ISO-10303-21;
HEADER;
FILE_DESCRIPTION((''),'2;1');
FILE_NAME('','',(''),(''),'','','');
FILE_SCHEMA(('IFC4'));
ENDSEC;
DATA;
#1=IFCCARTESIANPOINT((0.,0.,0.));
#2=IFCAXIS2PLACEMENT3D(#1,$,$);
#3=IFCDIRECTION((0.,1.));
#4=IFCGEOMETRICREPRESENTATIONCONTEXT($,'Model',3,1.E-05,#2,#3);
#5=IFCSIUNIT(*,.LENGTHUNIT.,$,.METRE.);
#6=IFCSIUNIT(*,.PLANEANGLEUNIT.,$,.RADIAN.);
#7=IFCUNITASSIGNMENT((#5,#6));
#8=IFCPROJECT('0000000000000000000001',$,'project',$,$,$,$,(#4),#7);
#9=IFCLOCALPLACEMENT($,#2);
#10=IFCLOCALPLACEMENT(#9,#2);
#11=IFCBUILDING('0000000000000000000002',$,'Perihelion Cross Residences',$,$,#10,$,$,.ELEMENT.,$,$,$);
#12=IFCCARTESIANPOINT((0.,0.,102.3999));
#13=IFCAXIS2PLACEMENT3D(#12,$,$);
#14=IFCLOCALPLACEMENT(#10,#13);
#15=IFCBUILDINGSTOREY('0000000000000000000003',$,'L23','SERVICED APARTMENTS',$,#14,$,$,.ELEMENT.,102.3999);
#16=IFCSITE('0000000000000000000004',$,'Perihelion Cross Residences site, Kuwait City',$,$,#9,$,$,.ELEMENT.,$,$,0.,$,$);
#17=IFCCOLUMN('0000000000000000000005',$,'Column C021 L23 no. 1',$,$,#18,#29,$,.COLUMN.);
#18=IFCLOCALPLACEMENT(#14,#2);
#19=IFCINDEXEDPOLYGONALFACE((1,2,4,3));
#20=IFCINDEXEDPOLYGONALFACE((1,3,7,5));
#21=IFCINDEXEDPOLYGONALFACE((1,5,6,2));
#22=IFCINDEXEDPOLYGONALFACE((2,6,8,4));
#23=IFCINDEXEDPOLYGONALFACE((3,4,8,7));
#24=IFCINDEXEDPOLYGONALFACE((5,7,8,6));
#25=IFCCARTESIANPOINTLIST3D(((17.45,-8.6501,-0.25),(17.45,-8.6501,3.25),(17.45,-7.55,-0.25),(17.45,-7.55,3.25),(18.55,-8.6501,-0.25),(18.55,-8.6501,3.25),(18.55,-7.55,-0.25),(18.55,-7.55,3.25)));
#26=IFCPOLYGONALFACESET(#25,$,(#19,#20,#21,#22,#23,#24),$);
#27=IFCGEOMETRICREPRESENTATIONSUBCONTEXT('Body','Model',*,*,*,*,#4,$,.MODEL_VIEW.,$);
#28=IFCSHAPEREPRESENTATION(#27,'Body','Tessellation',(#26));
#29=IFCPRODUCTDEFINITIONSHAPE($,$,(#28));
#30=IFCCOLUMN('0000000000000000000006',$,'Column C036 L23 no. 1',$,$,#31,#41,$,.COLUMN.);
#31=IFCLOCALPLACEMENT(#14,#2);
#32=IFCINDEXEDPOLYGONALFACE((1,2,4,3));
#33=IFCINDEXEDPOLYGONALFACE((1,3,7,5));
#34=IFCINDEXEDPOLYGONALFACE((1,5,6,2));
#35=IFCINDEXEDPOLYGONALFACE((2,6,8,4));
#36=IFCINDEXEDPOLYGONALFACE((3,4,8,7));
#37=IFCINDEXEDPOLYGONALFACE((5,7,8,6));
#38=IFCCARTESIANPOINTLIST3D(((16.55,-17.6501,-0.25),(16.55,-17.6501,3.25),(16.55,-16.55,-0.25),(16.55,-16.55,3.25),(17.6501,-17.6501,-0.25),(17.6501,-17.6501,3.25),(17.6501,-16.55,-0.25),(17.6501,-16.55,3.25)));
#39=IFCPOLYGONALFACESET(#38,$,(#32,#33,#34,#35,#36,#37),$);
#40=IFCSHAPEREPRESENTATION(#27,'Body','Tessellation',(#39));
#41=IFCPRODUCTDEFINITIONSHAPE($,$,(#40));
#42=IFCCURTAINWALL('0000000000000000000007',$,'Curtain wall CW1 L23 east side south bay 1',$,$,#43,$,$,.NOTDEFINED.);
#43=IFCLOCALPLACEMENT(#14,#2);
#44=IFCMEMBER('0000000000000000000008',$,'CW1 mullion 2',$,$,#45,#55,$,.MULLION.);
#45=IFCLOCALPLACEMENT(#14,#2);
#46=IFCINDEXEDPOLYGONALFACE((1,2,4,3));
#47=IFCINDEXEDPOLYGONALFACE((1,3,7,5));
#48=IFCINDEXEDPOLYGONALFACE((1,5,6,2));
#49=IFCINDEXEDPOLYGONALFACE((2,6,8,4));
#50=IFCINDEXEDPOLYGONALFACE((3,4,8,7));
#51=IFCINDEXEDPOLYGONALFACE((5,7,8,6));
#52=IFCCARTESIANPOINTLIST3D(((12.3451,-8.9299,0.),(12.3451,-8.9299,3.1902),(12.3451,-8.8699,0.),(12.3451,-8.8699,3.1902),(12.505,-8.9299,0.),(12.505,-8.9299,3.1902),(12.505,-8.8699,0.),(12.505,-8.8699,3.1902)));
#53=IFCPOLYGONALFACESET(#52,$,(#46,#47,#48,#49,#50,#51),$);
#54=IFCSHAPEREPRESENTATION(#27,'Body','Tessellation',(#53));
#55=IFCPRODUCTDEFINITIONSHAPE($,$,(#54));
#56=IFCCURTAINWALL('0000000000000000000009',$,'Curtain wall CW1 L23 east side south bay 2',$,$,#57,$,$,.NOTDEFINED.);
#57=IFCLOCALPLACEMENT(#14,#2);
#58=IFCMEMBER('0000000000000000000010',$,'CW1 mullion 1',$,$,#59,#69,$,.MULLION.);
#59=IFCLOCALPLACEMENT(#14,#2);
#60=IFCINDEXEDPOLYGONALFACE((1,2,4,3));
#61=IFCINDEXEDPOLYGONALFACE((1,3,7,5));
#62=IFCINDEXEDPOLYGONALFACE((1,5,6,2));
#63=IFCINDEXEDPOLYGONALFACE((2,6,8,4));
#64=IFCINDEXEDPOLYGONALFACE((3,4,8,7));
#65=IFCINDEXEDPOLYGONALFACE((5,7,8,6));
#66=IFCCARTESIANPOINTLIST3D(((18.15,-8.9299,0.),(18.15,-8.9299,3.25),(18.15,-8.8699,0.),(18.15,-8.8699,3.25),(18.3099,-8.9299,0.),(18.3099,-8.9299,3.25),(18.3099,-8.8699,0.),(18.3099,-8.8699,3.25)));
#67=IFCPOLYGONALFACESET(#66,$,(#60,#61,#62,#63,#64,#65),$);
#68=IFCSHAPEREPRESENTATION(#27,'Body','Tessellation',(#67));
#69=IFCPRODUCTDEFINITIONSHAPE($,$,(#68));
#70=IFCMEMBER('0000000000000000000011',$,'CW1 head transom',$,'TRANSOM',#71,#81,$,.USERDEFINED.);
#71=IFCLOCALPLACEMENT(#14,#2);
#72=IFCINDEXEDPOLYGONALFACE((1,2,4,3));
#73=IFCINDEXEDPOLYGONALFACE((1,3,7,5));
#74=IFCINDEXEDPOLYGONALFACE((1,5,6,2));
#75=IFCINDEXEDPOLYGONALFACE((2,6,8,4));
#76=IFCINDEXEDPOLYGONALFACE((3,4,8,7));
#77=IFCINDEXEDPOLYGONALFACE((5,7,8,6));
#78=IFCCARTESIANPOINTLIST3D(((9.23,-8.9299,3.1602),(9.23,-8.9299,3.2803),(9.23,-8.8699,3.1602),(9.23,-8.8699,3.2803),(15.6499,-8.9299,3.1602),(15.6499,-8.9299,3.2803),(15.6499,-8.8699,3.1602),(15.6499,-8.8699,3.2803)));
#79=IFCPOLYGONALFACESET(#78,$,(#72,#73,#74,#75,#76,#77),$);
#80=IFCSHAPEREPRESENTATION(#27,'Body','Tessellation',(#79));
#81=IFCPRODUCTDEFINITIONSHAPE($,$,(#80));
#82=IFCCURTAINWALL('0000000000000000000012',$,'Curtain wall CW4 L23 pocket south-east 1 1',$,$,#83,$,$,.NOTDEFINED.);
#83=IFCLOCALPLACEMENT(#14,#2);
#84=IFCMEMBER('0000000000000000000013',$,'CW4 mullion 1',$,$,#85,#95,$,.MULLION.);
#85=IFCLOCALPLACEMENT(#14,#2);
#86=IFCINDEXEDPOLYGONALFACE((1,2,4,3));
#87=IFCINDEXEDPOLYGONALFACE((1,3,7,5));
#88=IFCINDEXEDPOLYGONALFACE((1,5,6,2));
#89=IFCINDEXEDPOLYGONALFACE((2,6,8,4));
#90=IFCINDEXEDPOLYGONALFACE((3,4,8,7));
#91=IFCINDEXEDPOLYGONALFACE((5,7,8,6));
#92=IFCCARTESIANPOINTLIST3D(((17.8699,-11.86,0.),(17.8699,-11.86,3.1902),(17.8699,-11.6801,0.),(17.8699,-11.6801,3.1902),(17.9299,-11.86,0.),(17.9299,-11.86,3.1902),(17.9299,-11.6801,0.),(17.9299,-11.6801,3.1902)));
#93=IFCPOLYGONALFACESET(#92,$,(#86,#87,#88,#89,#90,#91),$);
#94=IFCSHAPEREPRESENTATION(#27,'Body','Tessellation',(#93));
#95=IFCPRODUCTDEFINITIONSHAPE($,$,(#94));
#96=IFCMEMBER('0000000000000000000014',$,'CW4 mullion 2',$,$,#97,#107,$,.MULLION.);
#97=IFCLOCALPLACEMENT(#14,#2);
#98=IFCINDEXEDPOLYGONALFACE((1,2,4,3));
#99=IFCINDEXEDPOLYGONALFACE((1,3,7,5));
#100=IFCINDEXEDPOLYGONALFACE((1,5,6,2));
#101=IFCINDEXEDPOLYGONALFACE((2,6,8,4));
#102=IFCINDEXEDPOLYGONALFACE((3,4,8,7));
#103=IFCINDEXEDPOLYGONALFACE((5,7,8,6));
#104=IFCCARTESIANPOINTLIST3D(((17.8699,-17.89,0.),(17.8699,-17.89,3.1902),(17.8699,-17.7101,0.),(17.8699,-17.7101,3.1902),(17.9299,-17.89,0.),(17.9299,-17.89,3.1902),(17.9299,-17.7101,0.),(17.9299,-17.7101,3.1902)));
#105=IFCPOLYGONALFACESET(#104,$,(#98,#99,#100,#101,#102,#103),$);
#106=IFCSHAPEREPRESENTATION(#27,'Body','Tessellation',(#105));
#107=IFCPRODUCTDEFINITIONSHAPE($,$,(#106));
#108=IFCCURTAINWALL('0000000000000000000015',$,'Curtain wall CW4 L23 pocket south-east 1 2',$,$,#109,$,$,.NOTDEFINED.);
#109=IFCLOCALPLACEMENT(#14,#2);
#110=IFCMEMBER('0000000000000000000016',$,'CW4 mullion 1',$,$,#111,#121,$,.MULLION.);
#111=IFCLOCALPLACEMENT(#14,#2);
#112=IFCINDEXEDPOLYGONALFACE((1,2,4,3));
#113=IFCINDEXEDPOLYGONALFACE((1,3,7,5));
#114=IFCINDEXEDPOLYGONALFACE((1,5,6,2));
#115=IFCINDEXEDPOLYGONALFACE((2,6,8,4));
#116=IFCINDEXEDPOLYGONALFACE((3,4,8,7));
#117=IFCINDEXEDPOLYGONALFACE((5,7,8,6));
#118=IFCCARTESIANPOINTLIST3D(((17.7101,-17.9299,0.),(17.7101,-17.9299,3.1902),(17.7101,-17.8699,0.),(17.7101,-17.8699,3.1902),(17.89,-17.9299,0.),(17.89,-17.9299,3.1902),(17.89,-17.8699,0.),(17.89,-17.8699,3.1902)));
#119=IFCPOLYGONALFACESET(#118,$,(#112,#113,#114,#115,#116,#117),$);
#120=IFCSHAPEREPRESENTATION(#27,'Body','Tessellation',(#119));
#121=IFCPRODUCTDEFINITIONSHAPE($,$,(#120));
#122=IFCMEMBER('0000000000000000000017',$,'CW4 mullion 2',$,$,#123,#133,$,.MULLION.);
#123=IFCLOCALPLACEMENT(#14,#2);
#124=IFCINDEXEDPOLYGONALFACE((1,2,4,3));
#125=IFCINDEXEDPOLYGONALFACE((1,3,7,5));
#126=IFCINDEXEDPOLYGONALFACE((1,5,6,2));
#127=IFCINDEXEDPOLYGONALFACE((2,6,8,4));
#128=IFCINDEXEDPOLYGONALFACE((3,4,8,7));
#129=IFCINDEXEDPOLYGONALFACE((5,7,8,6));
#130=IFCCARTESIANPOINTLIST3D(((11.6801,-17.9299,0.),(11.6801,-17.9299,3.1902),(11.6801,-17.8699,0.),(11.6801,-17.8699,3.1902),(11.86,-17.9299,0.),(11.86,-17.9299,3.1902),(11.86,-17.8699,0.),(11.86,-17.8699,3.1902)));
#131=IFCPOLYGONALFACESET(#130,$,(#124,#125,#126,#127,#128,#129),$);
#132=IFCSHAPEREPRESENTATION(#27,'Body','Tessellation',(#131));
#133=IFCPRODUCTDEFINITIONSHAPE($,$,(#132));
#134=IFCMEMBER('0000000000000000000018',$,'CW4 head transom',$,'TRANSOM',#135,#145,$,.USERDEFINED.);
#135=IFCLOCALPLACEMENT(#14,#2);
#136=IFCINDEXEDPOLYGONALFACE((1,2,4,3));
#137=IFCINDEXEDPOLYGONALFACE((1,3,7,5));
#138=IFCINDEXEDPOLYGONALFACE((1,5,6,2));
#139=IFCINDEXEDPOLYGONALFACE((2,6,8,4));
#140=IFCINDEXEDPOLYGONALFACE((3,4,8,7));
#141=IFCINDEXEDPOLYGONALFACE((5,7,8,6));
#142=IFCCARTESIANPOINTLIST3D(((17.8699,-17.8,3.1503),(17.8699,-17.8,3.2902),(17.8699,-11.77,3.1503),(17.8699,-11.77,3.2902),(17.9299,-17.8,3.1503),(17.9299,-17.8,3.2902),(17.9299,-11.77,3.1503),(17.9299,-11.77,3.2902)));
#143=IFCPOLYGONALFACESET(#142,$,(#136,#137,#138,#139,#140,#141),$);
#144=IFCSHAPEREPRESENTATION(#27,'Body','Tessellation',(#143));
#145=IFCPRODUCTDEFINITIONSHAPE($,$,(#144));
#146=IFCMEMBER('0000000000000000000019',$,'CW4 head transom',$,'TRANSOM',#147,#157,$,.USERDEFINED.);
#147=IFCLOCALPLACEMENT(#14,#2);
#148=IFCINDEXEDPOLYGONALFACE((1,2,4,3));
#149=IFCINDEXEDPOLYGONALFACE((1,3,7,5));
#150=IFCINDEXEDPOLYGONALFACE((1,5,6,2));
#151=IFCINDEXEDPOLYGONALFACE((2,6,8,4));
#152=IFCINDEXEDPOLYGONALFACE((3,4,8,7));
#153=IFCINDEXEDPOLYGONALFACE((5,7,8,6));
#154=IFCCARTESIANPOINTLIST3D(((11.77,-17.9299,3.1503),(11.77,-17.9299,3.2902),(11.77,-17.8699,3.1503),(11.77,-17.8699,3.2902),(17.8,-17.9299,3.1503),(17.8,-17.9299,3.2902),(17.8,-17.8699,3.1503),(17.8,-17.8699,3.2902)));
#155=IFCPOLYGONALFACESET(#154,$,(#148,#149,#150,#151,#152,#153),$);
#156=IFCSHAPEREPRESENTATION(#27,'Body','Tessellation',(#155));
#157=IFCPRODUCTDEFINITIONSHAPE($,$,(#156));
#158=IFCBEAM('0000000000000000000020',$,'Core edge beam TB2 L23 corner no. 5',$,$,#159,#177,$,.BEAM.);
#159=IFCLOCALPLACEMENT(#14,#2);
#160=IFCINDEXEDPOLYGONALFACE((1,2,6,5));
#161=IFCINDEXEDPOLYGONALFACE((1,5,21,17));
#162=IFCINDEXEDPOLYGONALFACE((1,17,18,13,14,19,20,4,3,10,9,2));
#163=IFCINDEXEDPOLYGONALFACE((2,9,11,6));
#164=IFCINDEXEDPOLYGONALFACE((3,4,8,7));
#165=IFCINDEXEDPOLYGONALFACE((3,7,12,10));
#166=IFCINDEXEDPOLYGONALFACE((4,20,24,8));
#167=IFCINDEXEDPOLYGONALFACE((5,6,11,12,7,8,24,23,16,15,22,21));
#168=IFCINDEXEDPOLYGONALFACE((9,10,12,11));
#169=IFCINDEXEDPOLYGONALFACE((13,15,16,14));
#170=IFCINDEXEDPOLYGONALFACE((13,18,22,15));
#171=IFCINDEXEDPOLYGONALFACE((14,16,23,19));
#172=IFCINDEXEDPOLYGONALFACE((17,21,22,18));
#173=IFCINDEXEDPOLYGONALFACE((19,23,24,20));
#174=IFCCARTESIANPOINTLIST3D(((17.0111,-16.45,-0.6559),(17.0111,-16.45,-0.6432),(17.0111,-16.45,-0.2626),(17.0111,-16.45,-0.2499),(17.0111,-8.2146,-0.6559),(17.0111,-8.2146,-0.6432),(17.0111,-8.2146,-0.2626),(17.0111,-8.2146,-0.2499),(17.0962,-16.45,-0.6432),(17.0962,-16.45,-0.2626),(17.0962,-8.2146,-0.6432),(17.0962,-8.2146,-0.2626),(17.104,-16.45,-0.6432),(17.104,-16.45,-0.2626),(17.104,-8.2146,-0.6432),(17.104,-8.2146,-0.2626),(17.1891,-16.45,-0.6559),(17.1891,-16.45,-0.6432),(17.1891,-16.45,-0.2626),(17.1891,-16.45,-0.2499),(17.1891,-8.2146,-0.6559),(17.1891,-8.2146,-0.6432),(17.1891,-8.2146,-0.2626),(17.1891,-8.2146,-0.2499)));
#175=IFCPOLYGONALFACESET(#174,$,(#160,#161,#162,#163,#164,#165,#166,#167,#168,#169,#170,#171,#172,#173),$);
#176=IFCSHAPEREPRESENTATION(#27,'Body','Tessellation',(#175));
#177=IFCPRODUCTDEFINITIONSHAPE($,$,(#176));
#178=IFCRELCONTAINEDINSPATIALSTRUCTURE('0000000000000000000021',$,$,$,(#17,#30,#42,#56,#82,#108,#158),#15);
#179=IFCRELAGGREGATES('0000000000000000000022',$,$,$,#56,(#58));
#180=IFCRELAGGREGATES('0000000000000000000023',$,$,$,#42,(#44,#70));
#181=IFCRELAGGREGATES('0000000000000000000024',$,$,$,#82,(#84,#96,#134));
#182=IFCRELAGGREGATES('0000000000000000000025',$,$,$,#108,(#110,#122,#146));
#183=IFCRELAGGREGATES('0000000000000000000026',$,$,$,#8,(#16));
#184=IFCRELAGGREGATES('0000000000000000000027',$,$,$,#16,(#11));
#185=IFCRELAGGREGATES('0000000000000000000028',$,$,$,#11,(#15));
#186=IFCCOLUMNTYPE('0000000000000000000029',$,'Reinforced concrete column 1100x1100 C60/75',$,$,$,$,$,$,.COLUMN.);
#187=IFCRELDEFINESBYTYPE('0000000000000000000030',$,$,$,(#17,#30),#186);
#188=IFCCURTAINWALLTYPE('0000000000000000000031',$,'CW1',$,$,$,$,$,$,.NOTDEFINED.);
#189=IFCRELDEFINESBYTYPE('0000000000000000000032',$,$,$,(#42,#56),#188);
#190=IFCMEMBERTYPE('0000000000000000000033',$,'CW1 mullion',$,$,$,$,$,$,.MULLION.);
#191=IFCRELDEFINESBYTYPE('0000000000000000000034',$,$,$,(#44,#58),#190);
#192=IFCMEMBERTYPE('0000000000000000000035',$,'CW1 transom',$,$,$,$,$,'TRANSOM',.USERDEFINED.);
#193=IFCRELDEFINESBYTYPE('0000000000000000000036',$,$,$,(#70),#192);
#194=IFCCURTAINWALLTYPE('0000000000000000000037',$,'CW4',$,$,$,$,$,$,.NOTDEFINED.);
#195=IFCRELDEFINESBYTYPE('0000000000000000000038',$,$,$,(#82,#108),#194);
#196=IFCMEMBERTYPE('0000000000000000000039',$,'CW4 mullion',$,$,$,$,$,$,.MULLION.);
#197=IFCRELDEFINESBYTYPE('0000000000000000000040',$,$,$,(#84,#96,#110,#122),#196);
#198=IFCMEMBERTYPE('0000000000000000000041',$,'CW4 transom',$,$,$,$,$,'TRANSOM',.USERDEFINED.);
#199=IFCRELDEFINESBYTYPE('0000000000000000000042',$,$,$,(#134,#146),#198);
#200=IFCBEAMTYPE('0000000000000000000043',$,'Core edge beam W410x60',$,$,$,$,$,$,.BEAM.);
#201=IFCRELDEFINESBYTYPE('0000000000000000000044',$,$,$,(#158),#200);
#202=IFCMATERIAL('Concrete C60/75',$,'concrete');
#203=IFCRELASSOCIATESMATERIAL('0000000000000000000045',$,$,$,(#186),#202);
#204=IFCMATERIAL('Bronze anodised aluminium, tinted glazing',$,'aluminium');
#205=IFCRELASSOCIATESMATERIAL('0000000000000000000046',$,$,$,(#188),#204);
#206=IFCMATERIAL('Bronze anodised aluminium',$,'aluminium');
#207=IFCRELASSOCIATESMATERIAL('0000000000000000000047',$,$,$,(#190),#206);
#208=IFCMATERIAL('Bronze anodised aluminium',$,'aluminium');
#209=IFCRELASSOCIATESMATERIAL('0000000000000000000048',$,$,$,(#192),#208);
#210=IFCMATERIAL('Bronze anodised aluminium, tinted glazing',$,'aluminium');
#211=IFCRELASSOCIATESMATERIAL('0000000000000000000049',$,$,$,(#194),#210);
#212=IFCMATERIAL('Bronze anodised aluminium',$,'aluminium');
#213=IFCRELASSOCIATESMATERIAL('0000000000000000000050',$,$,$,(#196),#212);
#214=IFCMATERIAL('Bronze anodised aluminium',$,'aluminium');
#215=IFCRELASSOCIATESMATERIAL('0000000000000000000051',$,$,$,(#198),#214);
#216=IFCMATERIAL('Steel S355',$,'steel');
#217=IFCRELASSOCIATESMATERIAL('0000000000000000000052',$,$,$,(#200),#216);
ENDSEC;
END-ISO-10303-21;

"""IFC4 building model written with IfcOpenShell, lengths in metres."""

from ifc_helpers import new_model, si_unit, direction, frame, origin, origin_2d, place, context, subcontext, project, spatial, rectangle, i_section, extrude, material, material_profile, profile_set, type_object, element, aggregate, save


model = new_model("IFC4")

# Units and contexts
model_context = context("Model", 3, precision=1e-05, world=origin(), true_north=direction((0.0, 1.0)))
body_context = subcontext(model_context, "Body", "Model", "MODEL_VIEW")
ifc_project = project(units=[si_unit("LENGTHUNIT", "METRE"), si_unit("PLANEANGLEUNIT", "RADIAN")], contexts=[model_context])

# Site, building, storey
site_placement = place(None, origin())
site = spatial("IfcSite", under=ifc_project, at=site_placement, Name="Perihelion Cross Residences site, Kuwait City", CompositionType="ELEMENT", RefElevation=0.0)
building_placement = place(site_placement, origin())
building = spatial("IfcBuilding", under=site, at=building_placement, Name="Perihelion Cross Residences", CompositionType="ELEMENT")
storey_placement = place(building_placement, frame((0.0, 0.0, 102.3999)))
storey = spatial("IfcBuildingStorey", under=building, at=storey_placement, Name="L23", Description="SERVICED APARTMENTS", CompositionType="ELEMENT", Elevation=102.3999)

# Columns
ifc_material_1 = material(Name="Concrete C60/75", Category="concrete")
ifc_material_profile_1 = material_profile(ifc_material_1, rectangle(XDim=1.1001, YDim=1.1001, at=origin_2d()), Name="RC 1100x1100")
ifc_profile_set_1 = profile_set([ifc_material_profile_1], Name="Concrete C60/75")
column_type = type_object("IfcColumnType", Name="Reinforced concrete column 1100x1100 C60/75", PredefinedType="COLUMN", material=ifc_profile_set_1)
for number, where, z_axis, x_axis, name in (
    (1, (18.0, -8.1001, -0.25), (0.0, 0.0, 1.0), (1.0, 0.0, 0.0), "Column C021 L23 no. 1"),
    (2, (17.1001, -17.1001, -0.25), (0.0, 0.0, 1.0), (1.0, 0.0, 0.0), "Column C036 L23 no. 1"),
):
    element("IfcColumn", number, at=place(storey_placement, frame(where, z_axis=z_axis, x_axis=x_axis)), inside=storey, type_object=column_type, Name=name, PredefinedType="COLUMN", context=body_context, shape_type="SweptSolid", body=[
        extrude(rectangle(XDim=1.1001, YDim=1.1001, at=origin_2d()), origin(), (0.0, 0.0, 1.0), 3.5),
    ])

# Curtain walls, members
ifc_material_2 = material(Name="Bronze anodised aluminium, tinted glazing", Category="aluminium")
curtain_wall_type_1 = type_object("IfcCurtainWallType", Name="CW1", PredefinedType="NOTDEFINED", material=ifc_material_2)
curtain_wall_1_placement = place(storey_placement, origin())
curtain_wall_1 = element("IfcCurtainWall", 3, at=curtain_wall_1_placement, inside=storey, type_object=curtain_wall_type_1, Name="Curtain wall CW1 L23 east side south bay 1", PredefinedType="NOTDEFINED")
ifc_material_3 = material(Name="Bronze anodised aluminium", Category="aluminium")
ifc_material_profile_2 = material_profile(ifc_material_3, rectangle(XDim=0.0601, YDim=0.1599, at=origin_2d()), Name="CW1 mullion")
ifc_profile_set_2 = profile_set([ifc_material_profile_2], Name="Bronze anodised aluminium")
member_type_1 = type_object("IfcMemberType", Name="CW1 mullion", PredefinedType="MULLION", material=ifc_profile_set_2)
member_1_placement = place(storey_placement, frame((12.425, -8.8999, 0.0), z_axis=(0.0, 0.0, 1.0), x_axis=(0.0, 1.0, 0.0)))
member_1 = element("IfcMember", 4, at=member_1_placement, type_object=member_type_1, Name="CW1 mullion 2", PredefinedType="MULLION", context=body_context, shape_type="SweptSolid", body=[
    extrude(rectangle(XDim=0.0601, YDim=0.1599, at=origin_2d()), origin(), (0.0, 0.0, 1.0), 3.1902),
])
curtain_wall_2_placement = place(storey_placement, origin())
curtain_wall_2 = element("IfcCurtainWall", 5, at=curtain_wall_2_placement, inside=storey, type_object=curtain_wall_type_1, Name="Curtain wall CW1 L23 east side south bay 2", PredefinedType="NOTDEFINED")
member_2_placement = place(storey_placement, frame((18.23, -8.8999, 0.0), z_axis=(0.0, 0.0, 1.0), x_axis=(0.0, 1.0, 0.0)))
member_2 = element("IfcMember", 6, at=member_2_placement, type_object=member_type_1, Name="CW1 mullion 1", PredefinedType="MULLION", context=body_context, shape_type="SweptSolid", body=[
    extrude(rectangle(XDim=0.0601, YDim=0.1599, at=origin_2d()), origin(), (0.0, 0.0, 1.0), 3.25),
])
aggregate(curtain_wall_2, [member_2])

# Member
ifc_material_4 = material(Name="Bronze anodised aluminium", Category="aluminium")
ifc_material_profile_3 = material_profile(ifc_material_4, rectangle(XDim=0.0601, YDim=0.1201, at=origin_2d()), Name="CW1 transom")
ifc_profile_set_3 = profile_set([ifc_material_profile_3], Name="Bronze anodised aluminium")
member_type_2 = type_object("IfcMemberType", Name="CW1 transom", ElementType="TRANSOM", PredefinedType="USERDEFINED", material=ifc_profile_set_3)
member_3_placement = place(storey_placement, frame((9.23, -8.8999, 3.2202), z_axis=(1.0, 0.0, 0.0), x_axis=(0.0, 1.0, 0.0)))
member_3 = element("IfcMember", 7, at=member_3_placement, type_object=member_type_2, Name="CW1 head transom", ObjectType="TRANSOM", PredefinedType="USERDEFINED", context=body_context, shape_type="SweptSolid", body=[
    extrude(rectangle(XDim=0.0601, YDim=0.1201, at=origin_2d()), origin(), (0.0, 0.0, 1.0), 6.4199),
])

# Curtain walls, members
ifc_material_5 = material(Name="Bronze anodised aluminium, tinted glazing", Category="aluminium")
curtain_wall_type_2 = type_object("IfcCurtainWallType", Name="CW4", PredefinedType="NOTDEFINED", material=ifc_material_5)
curtain_wall_3_placement = place(storey_placement, origin())
curtain_wall_3 = element("IfcCurtainWall", 8, at=curtain_wall_3_placement, inside=storey, type_object=curtain_wall_type_2, Name="Curtain wall CW4 L23 pocket south-east 1 1", PredefinedType="NOTDEFINED")
ifc_material_6 = material(Name="Bronze anodised aluminium", Category="aluminium")
ifc_material_profile_4 = material_profile(ifc_material_6, rectangle(XDim=0.0601, YDim=0.1799, at=origin_2d()), Name="CW4 mullion")
ifc_profile_set_4 = profile_set([ifc_material_profile_4], Name="Bronze anodised aluminium")
member_type_3 = type_object("IfcMemberType", Name="CW4 mullion", PredefinedType="MULLION", material=ifc_profile_set_4)
member_4_placement = place(storey_placement, frame((17.8999, -11.77, 0.0), z_axis=(0.0, 0.0, 1.0), x_axis=(1.0, 0.0, 0.0)))
member_4 = element("IfcMember", 9, at=member_4_placement, type_object=member_type_3, Name="CW4 mullion 1", PredefinedType="MULLION", context=body_context, shape_type="SweptSolid", body=[
    extrude(rectangle(XDim=0.0601, YDim=0.1799, at=origin_2d()), origin(), (0.0, 0.0, 1.0), 3.1902),
])
member_5_placement = place(storey_placement, frame((17.8999, -17.8, 0.0), z_axis=(0.0, 0.0, 1.0), x_axis=(1.0, 0.0, 0.0)))
member_5 = element("IfcMember", 10, at=member_5_placement, type_object=member_type_3, Name="CW4 mullion 2", PredefinedType="MULLION", context=body_context, shape_type="SweptSolid", body=[
    extrude(rectangle(XDim=0.0601, YDim=0.1799, at=origin_2d()), origin(), (0.0, 0.0, 1.0), 3.1902),
])
curtain_wall_4_placement = place(storey_placement, origin())
curtain_wall_4 = element("IfcCurtainWall", 11, at=curtain_wall_4_placement, inside=storey, type_object=curtain_wall_type_2, Name="Curtain wall CW4 L23 pocket south-east 1 2", PredefinedType="NOTDEFINED")
member_6_placement = place(storey_placement, frame((17.8, -17.8999, 0.0), z_axis=(0.0, 0.0, 1.0), x_axis=(0.0, -1.0, 0.0)))
member_6 = element("IfcMember", 12, at=member_6_placement, type_object=member_type_3, Name="CW4 mullion 1", PredefinedType="MULLION", context=body_context, shape_type="SweptSolid", body=[
    extrude(rectangle(XDim=0.0601, YDim=0.1799, at=origin_2d()), origin(), (0.0, 0.0, 1.0), 3.1902),
])
member_7_placement = place(storey_placement, frame((11.77, -17.8999, 0.0), z_axis=(0.0, 0.0, 1.0), x_axis=(0.0, -1.0, 0.0)))
member_7 = element("IfcMember", 13, at=member_7_placement, type_object=member_type_3, Name="CW4 mullion 2", PredefinedType="MULLION", context=body_context, shape_type="SweptSolid", body=[
    extrude(rectangle(XDim=0.0601, YDim=0.1799, at=origin_2d()), origin(), (0.0, 0.0, 1.0), 3.1902),
])

# Members
ifc_material_7 = material(Name="Bronze anodised aluminium", Category="aluminium")
ifc_material_profile_5 = material_profile(ifc_material_7, rectangle(XDim=0.0601, YDim=0.1399, at=origin_2d()), Name="CW4 transom")
ifc_profile_set_5 = profile_set([ifc_material_profile_5], Name="Bronze anodised aluminium")
member_type_4 = type_object("IfcMemberType", Name="CW4 transom", ElementType="TRANSOM", PredefinedType="USERDEFINED", material=ifc_profile_set_5)
member_8_placement = place(storey_placement, frame((17.8999, -11.77, 3.2202), z_axis=(0.0, -1.0, 0.0), x_axis=(1.0, 0.0, 0.0)))
member_8 = element("IfcMember", 14, at=member_8_placement, type_object=member_type_4, Name="CW4 head transom", ObjectType="TRANSOM", PredefinedType="USERDEFINED", context=body_context, shape_type="SweptSolid", body=[
    extrude(rectangle(XDim=0.0601, YDim=0.1399, at=origin_2d()), origin(), (0.0, 0.0, 1.0), 6.03),
])
member_9_placement = place(storey_placement, frame((17.8, -17.8999, 3.2202), z_axis=(-1.0, 0.0, 0.0), x_axis=(0.0, -1.0, 0.0)))
member_9 = element("IfcMember", 15, at=member_9_placement, type_object=member_type_4, Name="CW4 head transom", ObjectType="TRANSOM", PredefinedType="USERDEFINED", context=body_context, shape_type="SweptSolid", body=[
    extrude(rectangle(XDim=0.0601, YDim=0.1399, at=origin_2d()), origin(), (0.0, 0.0, 1.0), 6.03),
])

# Beam
ifc_material_8 = material(Name="Steel S355", Category="steel")
ifc_material_profile_6 = material_profile(ifc_material_8, i_section(OverallWidth=0.178, OverallDepth=0.406, WebThickness=0.0078, FlangeThickness=0.0127, at=origin_2d()), Name="W410x60")
ifc_profile_set_6 = profile_set([ifc_material_profile_6], Name="Steel S355")
beam_type_1 = type_object("IfcBeamType", Name="Core edge beam W410x60", PredefinedType="BEAM", material=ifc_profile_set_6)
beam_1_placement = place(storey_placement, frame((17.1001, -8.2146, -0.4529), z_axis=(0.0, -1.0, 0.0), x_axis=(1.0, 0.0, 0.0)))
element("IfcBeam", 16, at=beam_1_placement, inside=storey, type_object=beam_type_1, Name="Core edge beam TB2 L23 corner no. 5", PredefinedType="BEAM", context=body_context, shape_type="SweptSolid", body=[
    extrude(i_section(OverallWidth=0.178, OverallDepth=0.406, WebThickness=0.0078, FlangeThickness=0.0127, at=origin_2d()), origin(), (0.0, 0.0, 1.0), 8.2354),
])

aggregate(curtain_wall_1, [member_1, member_3])
aggregate(curtain_wall_3, [member_4, member_5, member_8])
aggregate(curtain_wall_4, [member_6, member_7, member_9])

save(model, "model.ifc")
